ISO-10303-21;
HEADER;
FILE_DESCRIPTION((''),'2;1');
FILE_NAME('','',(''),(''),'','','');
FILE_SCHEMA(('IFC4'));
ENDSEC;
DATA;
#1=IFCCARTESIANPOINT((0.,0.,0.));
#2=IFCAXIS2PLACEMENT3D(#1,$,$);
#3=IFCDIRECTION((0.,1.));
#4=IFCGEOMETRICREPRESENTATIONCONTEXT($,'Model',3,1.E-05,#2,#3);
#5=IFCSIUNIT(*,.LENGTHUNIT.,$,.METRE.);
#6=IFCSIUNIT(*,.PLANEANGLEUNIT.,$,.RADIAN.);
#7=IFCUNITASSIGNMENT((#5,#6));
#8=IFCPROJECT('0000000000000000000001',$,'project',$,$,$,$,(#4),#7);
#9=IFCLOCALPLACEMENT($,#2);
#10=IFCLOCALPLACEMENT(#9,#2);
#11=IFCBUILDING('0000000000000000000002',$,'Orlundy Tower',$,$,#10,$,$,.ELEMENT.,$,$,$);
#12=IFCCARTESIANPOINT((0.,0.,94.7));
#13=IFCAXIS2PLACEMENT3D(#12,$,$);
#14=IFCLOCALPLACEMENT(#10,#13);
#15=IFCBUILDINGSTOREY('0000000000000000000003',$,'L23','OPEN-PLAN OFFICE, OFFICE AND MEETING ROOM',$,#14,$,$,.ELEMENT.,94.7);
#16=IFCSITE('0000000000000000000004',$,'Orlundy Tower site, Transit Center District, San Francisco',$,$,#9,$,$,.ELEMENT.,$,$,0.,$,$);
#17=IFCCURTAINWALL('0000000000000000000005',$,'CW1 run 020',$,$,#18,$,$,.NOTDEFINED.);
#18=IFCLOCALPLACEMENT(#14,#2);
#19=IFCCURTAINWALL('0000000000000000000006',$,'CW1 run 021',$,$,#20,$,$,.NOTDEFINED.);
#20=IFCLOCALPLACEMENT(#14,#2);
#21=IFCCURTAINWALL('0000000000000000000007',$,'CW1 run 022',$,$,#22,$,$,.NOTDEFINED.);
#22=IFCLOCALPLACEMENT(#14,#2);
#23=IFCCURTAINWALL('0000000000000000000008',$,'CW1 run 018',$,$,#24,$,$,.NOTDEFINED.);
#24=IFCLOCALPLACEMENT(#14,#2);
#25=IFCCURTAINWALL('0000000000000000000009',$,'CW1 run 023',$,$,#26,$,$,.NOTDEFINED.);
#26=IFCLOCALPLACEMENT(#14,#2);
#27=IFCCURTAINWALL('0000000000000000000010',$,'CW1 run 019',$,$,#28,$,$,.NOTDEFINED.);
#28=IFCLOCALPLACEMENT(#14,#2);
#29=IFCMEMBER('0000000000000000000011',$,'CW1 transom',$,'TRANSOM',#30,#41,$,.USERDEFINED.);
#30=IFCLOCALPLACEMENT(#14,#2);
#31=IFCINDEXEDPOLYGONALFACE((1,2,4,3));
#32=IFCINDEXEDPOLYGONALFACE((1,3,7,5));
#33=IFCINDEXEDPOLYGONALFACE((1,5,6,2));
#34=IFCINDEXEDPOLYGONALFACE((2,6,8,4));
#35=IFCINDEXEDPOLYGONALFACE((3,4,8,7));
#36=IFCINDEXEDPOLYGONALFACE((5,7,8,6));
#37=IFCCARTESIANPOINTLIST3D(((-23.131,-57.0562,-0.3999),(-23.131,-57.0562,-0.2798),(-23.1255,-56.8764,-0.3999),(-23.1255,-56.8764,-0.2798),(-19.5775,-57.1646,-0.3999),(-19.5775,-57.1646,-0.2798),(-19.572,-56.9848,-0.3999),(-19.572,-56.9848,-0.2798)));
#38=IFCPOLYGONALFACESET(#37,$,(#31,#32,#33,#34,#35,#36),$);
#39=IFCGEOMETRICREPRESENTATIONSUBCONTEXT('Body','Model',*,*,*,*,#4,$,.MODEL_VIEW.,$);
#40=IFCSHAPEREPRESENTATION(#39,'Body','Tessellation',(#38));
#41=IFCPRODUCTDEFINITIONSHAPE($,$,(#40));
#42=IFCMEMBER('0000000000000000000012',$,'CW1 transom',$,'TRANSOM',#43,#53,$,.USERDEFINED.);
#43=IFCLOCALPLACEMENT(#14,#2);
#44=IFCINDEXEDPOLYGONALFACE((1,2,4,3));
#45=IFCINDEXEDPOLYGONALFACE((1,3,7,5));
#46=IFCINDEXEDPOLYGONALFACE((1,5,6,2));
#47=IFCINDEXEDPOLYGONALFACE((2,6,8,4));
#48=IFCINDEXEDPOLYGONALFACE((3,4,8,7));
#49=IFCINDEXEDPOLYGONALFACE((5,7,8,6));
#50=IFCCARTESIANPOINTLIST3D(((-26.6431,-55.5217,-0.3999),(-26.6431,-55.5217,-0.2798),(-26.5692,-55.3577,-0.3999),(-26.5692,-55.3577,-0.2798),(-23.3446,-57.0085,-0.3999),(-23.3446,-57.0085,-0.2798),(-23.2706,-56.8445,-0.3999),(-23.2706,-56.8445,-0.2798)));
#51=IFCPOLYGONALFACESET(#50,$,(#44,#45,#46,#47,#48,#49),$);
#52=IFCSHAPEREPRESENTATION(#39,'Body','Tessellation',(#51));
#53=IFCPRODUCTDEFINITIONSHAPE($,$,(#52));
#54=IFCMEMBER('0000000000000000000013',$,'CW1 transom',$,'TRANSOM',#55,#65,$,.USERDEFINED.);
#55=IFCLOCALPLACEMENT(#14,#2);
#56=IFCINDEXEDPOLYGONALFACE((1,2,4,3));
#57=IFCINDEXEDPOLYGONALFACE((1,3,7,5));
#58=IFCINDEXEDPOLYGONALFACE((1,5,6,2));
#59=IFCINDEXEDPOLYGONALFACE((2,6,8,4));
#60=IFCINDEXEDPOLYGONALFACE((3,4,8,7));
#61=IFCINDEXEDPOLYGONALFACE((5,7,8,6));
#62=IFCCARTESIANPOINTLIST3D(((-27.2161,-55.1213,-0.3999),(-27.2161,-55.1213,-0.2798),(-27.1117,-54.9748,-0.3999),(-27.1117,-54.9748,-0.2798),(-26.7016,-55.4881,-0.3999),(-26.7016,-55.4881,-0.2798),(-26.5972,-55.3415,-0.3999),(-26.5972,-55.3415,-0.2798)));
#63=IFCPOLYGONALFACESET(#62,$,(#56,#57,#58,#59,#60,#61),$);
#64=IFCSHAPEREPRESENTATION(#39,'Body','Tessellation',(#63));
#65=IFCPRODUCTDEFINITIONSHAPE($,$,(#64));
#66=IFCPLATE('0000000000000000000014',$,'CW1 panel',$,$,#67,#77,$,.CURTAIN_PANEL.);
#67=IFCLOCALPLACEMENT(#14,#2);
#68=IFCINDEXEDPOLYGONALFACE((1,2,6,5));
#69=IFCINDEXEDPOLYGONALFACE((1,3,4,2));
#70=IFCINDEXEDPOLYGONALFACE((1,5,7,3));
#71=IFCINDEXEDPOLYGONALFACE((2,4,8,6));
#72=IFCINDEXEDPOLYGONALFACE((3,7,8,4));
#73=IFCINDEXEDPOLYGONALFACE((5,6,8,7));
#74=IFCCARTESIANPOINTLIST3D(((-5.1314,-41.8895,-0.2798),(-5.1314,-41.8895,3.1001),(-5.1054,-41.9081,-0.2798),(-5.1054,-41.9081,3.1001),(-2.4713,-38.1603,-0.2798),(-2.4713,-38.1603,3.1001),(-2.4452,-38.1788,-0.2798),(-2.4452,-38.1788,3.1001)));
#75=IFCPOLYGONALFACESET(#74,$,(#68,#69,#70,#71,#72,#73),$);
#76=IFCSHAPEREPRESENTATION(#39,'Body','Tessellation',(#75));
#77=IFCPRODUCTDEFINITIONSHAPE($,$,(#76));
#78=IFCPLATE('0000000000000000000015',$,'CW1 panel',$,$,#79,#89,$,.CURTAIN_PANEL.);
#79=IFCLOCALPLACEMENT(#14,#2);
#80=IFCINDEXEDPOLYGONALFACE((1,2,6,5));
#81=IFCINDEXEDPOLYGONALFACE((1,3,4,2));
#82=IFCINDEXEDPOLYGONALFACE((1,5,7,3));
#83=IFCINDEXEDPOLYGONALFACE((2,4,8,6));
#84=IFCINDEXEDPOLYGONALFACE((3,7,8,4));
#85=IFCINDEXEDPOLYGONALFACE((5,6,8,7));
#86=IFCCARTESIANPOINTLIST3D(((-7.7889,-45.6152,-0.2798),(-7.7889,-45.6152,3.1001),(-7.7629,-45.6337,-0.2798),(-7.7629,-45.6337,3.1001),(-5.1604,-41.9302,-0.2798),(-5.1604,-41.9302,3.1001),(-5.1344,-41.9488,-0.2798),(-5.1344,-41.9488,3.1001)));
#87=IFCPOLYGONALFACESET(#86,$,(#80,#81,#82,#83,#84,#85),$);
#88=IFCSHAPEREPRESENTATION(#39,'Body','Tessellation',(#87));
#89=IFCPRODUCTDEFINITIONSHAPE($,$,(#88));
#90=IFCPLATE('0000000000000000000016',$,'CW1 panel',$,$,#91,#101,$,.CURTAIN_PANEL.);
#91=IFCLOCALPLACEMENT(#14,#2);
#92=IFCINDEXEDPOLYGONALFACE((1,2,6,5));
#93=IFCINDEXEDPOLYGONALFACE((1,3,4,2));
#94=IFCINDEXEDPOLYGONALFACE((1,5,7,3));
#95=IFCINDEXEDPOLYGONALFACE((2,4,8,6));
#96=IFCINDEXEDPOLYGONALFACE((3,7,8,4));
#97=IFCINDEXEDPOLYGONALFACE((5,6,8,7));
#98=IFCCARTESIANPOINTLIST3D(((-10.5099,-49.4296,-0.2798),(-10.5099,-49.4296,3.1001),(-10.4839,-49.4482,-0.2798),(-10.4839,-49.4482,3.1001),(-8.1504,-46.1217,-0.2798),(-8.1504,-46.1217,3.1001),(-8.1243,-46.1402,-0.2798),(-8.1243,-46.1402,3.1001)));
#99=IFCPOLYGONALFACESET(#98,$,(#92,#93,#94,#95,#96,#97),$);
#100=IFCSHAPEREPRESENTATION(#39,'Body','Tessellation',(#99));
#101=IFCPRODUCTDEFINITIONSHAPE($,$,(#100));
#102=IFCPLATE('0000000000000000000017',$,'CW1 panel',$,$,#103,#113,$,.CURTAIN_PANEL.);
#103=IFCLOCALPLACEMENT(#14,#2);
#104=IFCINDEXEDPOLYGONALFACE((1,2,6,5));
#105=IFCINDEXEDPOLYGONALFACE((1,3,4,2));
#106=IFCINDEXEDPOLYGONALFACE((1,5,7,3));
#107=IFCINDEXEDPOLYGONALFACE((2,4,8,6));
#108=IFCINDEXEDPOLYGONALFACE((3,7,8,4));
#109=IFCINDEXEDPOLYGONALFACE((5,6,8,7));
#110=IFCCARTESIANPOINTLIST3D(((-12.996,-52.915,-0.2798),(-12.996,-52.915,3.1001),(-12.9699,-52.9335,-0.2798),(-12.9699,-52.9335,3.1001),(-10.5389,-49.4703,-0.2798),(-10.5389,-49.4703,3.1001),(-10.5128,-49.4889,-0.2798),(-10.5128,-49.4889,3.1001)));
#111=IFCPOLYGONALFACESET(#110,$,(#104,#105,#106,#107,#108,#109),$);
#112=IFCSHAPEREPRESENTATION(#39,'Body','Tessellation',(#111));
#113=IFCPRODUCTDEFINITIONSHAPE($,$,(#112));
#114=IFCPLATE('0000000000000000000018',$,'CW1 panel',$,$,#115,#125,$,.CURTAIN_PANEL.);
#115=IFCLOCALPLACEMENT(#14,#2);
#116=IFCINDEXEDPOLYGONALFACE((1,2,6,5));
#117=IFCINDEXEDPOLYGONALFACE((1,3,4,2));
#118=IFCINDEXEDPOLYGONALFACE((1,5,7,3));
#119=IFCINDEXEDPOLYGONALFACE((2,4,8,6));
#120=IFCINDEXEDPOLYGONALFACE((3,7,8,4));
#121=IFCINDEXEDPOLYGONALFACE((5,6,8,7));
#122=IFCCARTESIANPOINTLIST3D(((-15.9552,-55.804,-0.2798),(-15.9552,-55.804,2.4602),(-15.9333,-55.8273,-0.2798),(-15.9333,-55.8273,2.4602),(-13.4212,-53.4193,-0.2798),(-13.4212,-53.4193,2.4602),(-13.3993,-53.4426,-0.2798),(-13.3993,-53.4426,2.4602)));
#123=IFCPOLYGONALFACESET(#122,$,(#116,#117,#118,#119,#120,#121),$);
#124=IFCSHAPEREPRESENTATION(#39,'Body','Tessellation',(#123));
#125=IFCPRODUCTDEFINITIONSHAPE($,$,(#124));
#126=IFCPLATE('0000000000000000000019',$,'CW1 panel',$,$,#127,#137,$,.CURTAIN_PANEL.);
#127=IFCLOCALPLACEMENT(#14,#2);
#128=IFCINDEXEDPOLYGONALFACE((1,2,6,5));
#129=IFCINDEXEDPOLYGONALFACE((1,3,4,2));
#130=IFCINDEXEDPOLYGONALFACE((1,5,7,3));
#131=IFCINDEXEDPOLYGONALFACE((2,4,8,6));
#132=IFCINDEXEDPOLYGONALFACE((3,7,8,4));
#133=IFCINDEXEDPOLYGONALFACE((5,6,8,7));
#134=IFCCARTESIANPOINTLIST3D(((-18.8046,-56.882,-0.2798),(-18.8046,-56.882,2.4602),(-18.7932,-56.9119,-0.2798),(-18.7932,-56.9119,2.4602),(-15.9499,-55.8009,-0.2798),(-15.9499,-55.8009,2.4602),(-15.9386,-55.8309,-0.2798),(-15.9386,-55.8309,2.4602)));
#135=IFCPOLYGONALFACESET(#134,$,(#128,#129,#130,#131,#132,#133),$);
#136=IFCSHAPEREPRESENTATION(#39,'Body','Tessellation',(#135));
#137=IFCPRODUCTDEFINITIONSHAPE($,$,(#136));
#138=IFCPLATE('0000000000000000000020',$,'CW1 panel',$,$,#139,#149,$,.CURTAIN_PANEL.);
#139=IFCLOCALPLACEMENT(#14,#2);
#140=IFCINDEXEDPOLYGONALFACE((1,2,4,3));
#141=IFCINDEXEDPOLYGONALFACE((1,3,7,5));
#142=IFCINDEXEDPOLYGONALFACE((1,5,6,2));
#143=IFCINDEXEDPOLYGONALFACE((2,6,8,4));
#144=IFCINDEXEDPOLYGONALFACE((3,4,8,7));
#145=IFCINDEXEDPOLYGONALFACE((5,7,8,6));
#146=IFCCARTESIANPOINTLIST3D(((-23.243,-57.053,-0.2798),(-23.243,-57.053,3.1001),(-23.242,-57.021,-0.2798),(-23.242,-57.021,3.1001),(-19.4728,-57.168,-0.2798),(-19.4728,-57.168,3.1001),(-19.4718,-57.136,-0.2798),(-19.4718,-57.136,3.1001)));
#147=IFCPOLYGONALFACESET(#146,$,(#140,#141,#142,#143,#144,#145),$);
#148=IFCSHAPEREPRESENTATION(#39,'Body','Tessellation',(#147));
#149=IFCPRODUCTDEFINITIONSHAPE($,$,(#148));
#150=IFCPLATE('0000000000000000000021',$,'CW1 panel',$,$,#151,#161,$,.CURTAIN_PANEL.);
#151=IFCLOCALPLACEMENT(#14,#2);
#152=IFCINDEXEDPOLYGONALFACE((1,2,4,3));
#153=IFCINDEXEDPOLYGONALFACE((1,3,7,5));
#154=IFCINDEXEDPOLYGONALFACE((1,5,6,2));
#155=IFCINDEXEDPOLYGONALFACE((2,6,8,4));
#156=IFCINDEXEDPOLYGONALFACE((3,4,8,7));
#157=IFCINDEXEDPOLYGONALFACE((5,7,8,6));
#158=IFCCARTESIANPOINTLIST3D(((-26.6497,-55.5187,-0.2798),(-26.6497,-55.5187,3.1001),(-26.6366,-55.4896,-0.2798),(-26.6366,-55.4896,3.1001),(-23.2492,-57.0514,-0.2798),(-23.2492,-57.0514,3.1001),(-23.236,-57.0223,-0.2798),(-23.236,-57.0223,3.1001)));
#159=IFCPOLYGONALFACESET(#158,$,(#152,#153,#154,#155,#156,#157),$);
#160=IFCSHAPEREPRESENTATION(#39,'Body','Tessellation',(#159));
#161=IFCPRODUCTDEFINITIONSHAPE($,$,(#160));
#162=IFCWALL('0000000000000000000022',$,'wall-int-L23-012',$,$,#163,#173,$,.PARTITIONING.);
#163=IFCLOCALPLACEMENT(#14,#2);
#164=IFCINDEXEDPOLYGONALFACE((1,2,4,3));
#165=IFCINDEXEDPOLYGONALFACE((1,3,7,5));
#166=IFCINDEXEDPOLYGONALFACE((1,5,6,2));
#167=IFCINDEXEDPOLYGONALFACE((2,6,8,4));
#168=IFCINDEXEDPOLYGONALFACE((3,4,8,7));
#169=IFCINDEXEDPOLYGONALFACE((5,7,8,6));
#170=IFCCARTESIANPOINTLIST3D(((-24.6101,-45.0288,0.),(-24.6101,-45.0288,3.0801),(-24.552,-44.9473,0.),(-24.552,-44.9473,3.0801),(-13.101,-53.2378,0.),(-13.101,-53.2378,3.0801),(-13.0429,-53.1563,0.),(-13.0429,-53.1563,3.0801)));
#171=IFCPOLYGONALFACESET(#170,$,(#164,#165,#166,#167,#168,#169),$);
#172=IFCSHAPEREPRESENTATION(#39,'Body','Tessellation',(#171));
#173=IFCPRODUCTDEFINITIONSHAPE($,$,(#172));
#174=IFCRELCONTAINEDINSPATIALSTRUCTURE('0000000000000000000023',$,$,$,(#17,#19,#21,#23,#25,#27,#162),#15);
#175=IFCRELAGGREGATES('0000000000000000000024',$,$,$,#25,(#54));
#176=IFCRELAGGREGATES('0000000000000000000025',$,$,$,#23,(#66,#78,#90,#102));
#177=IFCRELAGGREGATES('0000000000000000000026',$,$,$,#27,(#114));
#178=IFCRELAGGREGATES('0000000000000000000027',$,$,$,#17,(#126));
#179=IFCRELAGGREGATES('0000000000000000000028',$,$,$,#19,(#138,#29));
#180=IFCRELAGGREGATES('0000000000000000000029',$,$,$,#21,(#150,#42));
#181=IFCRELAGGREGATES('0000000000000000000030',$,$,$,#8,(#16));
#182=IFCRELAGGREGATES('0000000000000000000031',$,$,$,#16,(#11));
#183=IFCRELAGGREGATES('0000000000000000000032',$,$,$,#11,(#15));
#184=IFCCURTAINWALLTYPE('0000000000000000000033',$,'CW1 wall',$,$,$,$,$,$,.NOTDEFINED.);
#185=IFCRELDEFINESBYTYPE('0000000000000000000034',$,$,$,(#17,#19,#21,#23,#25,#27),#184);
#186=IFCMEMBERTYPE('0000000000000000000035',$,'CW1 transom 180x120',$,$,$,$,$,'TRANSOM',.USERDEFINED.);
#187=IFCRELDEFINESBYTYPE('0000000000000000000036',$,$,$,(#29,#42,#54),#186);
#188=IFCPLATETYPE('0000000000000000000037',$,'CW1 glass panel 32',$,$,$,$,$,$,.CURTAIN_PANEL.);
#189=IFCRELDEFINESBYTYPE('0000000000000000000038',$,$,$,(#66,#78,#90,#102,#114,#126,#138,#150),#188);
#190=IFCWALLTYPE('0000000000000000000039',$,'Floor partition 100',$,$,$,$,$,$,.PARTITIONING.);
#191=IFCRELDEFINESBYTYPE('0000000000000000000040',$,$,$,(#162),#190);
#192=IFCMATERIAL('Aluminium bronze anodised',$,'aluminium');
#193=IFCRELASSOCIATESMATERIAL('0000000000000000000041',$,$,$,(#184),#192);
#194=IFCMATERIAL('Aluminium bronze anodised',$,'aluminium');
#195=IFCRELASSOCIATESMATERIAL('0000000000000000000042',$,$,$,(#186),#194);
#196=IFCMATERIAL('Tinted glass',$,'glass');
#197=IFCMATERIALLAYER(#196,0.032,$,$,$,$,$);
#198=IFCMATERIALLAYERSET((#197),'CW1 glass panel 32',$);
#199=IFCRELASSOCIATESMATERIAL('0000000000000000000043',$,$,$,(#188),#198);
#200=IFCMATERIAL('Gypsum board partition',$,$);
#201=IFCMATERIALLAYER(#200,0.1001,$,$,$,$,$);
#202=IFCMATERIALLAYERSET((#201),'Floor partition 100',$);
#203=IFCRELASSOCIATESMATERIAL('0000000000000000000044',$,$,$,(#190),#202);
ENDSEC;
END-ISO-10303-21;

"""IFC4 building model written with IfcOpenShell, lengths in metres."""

from ifc_helpers import new_model, si_unit, direction, frame, frame_2d, origin, origin_2d, place, context, subcontext, project, spatial, rectangle, extrude, material, layer, layer_set, material_profile, profile_set, type_object, element, aggregate, save


model = new_model("IFC4")

# Units and contexts
model_context = context("Model", 3, precision=1e-05, world=origin(), true_north=direction((0.0, 1.0)))
body_context = subcontext(model_context, "Body", "Model", "MODEL_VIEW")
ifc_project = project(units=[si_unit("LENGTHUNIT", "METRE"), si_unit("PLANEANGLEUNIT", "RADIAN")], contexts=[model_context])

# Site, building, storey
site_placement = place(None, origin())
site = spatial("IfcSite", under=ifc_project, at=site_placement, Name="Orlundy Tower site, Transit Center District, San Francisco", CompositionType="ELEMENT", RefElevation=0.0)
building_placement = place(site_placement, origin())
building = spatial("IfcBuilding", under=site, at=building_placement, Name="Orlundy Tower", CompositionType="ELEMENT")
storey_placement = place(building_placement, frame((0.0, 0.0, 94.7)))
storey = spatial("IfcBuildingStorey", under=building, at=storey_placement, Name="L23", Description="OPEN-PLAN OFFICE, OFFICE AND MEETING ROOM", CompositionType="ELEMENT", Elevation=94.7)

# Curtain walls
ifc_material_1 = material(Name="Aluminium bronze anodised", Category="aluminium")
curtain_wall_type = type_object("IfcCurtainWallType", Name="CW1 wall", PredefinedType="NOTDEFINED", material=ifc_material_1)
curtain_wall_1_placement = place(storey_placement, origin())
curtain_wall_1 = element("IfcCurtainWall", 1, at=curtain_wall_1_placement, inside=storey, type_object=curtain_wall_type, Name="CW1 run 020", PredefinedType="NOTDEFINED")
curtain_wall_2_placement = place(storey_placement, origin())
curtain_wall_2 = element("IfcCurtainWall", 2, at=curtain_wall_2_placement, inside=storey, type_object=curtain_wall_type, Name="CW1 run 021", PredefinedType="NOTDEFINED")
curtain_wall_3_placement = place(storey_placement, origin())
curtain_wall_3 = element("IfcCurtainWall", 3, at=curtain_wall_3_placement, inside=storey, type_object=curtain_wall_type, Name="CW1 run 022", PredefinedType="NOTDEFINED")

# Curtain wall
curtain_wall_4_placement = place(storey_placement, origin())
curtain_wall_4 = element("IfcCurtainWall", 4, at=curtain_wall_4_placement, inside=storey, type_object=curtain_wall_type, Name="CW1 run 018", PredefinedType="NOTDEFINED")

# Curtain wall
curtain_wall_5_placement = place(storey_placement, origin())
curtain_wall_5 = element("IfcCurtainWall", 5, at=curtain_wall_5_placement, inside=storey, type_object=curtain_wall_type, Name="CW1 run 023", PredefinedType="NOTDEFINED")

# Shared definitions
ifc_material_2 = material(Name="Aluminium bronze anodised", Category="aluminium")
ifc_material_profile_1 = material_profile(ifc_material_2, rectangle(XDim=0.1799, YDim=0.1201, at=origin_2d()), Name="CW1 transom 180x120")
ifc_profile_set_1 = profile_set([ifc_material_profile_1], Name="Aluminium bronze anodised")
member_type_1 = type_object("IfcMemberType", Name="CW1 transom 180x120", ElementType="TRANSOM", PredefinedType="USERDEFINED", material=ifc_profile_set_1)

# Curtain wall
curtain_wall_6_placement = place(storey_placement, origin())
curtain_wall_6 = element("IfcCurtainWall", 6, at=curtain_wall_6_placement, inside=storey, type_object=curtain_wall_type, Name="CW1 run 019", PredefinedType="NOTDEFINED")

# Members
member_1_placement = place(storey_placement, frame((-19.5747, -57.0747, -0.3398), z_axis=(-0.999535, 0.030491, 0.0), x_axis=(-0.030491, -0.999535, 0.0)))
member_1 = element("IfcMember", 7, at=member_1_placement, type_object=member_type_1, Name="CW1 transom", ObjectType="TRANSOM", PredefinedType="USERDEFINED", context=body_context, shape_type="SweptSolid", body=[
    extrude(rectangle(XDim=0.1799, YDim=0.1201, at=origin_2d()), origin(), (0.0, 0.0, 1.0), 3.5552),
])
member_2_placement = place(storey_placement, frame((-23.3076, -56.9265, -0.3398), z_axis=(-0.911668, 0.410929, 0.0), x_axis=(-0.410929, -0.911668, 0.0)))
member_2 = element("IfcMember", 8, at=member_2_placement, type_object=member_type_1, Name="CW1 transom", ObjectType="TRANSOM", PredefinedType="USERDEFINED", context=body_context, shape_type="SweptSolid", body=[
    extrude(rectangle(XDim=0.1799, YDim=0.1201, at=origin_2d()), origin(), (0.0, 0.0, 1.0), 3.6182),
])
member_3_placement = place(storey_placement, frame((-26.6494, -55.4148, -0.3398), z_axis=(-0.814281, 0.58047, 0.0), x_axis=(-0.58047, -0.814281, 0.0)))
member_3 = element("IfcMember", 9, at=member_3_placement, type_object=member_type_1, Name="CW1 transom", ObjectType="TRANSOM", PredefinedType="USERDEFINED", context=body_context, shape_type="SweptSolid", body=[
    extrude(rectangle(XDim=0.1799, YDim=0.1201, at=origin_2d()), origin(), (0.0, 0.0, 1.0), 0.6318),
])
aggregate(curtain_wall_5, [member_3])

# Plates
ifc_material_3 = material(Name="Tinted glass", Category="glass")
ifc_layer_1 = layer(ifc_material_3, 0.032)
ifc_layer_set_1 = layer_set([ifc_layer_1], Name="CW1 glass panel 32")
plate_type = type_object("IfcPlateType", Name="CW1 glass panel 32", PredefinedType="CURTAIN_PANEL", material=ifc_layer_set_1)
plate_1_placement = place(storey_placement, frame((-3.7883, -40.0342, -0.2798), z_axis=(0.0, 0.0, 1.0), x_axis=(-0.58071, -0.81411, 0.0)))
plate_1 = element("IfcPlate", 10, at=plate_1_placement, type_object=plate_type, Name="CW1 panel", PredefinedType="CURTAIN_PANEL", context=body_context, shape_type="SweptSolid", body=[
    extrude(rectangle(XDim=4.5808, YDim=0.032, at=origin_2d()), origin(), (0.0, 0.0, 1.0), 3.3799),
])
plate_2_placement = place(storey_placement, frame((-6.4617, -43.782, -0.2798), z_axis=(0.0, 0.0, 1.0), x_axis=(-0.58071, -0.81411, 0.0)))
plate_2 = element("IfcPlate", 11, at=plate_2_placement, type_object=plate_type, Name="CW1 panel", PredefinedType="CURTAIN_PANEL", context=body_context, shape_type="SweptSolid", body=[
    extrude(rectangle(XDim=4.5264, YDim=0.032, at=origin_2d()), origin(), (0.0, 0.0, 1.0), 3.3799),
])
plate_3_placement = place(storey_placement, frame((-9.3171, -47.7849, -0.2798), z_axis=(0.0, 0.0, 1.0), x_axis=(-0.58071, -0.81411, 0.0)))
plate_3 = element("IfcPlate", 12, at=plate_3_placement, type_object=plate_type, Name="CW1 panel", PredefinedType="CURTAIN_PANEL", context=body_context, shape_type="SweptSolid", body=[
    extrude(rectangle(XDim=4.0632, YDim=0.032, at=origin_2d()), origin(), (0.0, 0.0, 1.0), 3.3799),
])
plate_4_placement = place(storey_placement, frame((-11.7544, -51.2019, -0.2798), z_axis=(0.0, 0.0, 1.0), x_axis=(-0.58071, -0.81411, 0.0)))
plate_4 = element("IfcPlate", 13, at=plate_4_placement, type_object=plate_type, Name="CW1 panel", PredefinedType="CURTAIN_PANEL", context=body_context, shape_type="SweptSolid", body=[
    extrude(rectangle(XDim=4.2312, YDim=0.032, at=origin_2d()), origin(), (0.0, 0.0, 1.0), 3.3799),
])
aggregate(curtain_wall_4, [plate_1, plate_2, plate_3, plate_4])
plate_5_placement = place(storey_placement, frame((-14.6772, -54.6233, -0.2798), z_axis=(0.0, 0.0, 1.0), x_axis=(-0.728232, -0.685331, 0.0)))
plate_5 = element("IfcPlate", 14, at=plate_5_placement, type_object=plate_type, Name="CW1 panel", PredefinedType="CURTAIN_PANEL", context=body_context, shape_type="SweptSolid", body=[
    extrude(rectangle(XDim=3.4797, YDim=0.032, at=origin_2d()), origin(), (0.0, 0.0, 1.0), 2.74),
])
aggregate(curtain_wall_6, [plate_5])
plate_6_placement = place(storey_placement, frame((-17.3716, -56.3564, -0.2798), z_axis=(0.0, 0.0, 1.0), x_axis=(-0.935182, -0.354166, 0.0)))
plate_6 = element("IfcPlate", 15, at=plate_6_placement, type_object=plate_type, Name="CW1 panel", PredefinedType="CURTAIN_PANEL", context=body_context, shape_type="SweptSolid", body=[
    extrude(rectangle(XDim=3.0525, YDim=0.032, at=origin_2d()), origin(), (0.0, 0.0, 1.0), 2.74),
])
aggregate(curtain_wall_1, [plate_6])
plate_7_placement = place(storey_placement, frame((-21.3574, -57.0945, -0.2798), z_axis=(0.0, 0.0, 1.0), x_axis=(-0.999535, 0.030485, 0.0)))
plate_7 = element("IfcPlate", 16, at=plate_7_placement, type_object=plate_type, Name="CW1 panel", PredefinedType="CURTAIN_PANEL", context=body_context, shape_type="SweptSolid", body=[
    extrude(rectangle(XDim=3.772, YDim=0.032, at=origin_2d()), origin(), (0.0, 0.0, 1.0), 3.3799),
])
aggregate(curtain_wall_2, [plate_7, member_1])
plate_8_placement = place(storey_placement, frame((-24.9429, -56.2705, -0.2798), z_axis=(0.0, 0.0, 1.0), x_axis=(-0.911674, 0.410914, 0.0)))
plate_8 = element("IfcPlate", 17, at=plate_8_placement, type_object=plate_type, Name="CW1 panel", PredefinedType="CURTAIN_PANEL", context=body_context, shape_type="SweptSolid", body=[
    extrude(rectangle(XDim=3.73, YDim=0.032, at=origin_2d()), origin(), (0.0, 0.0, 1.0), 3.3799),
])
aggregate(curtain_wall_3, [plate_8, member_2])

# Wall
ifc_material_4 = material(Name="Gypsum board partition")
ifc_layer_2 = layer(ifc_material_4, 0.1001)
ifc_layer_set_2 = layer_set([ifc_layer_2], Name="Floor partition 100")
wall_type = type_object("IfcWallType", Name="Floor partition 100", PredefinedType="PARTITIONING", material=ifc_layer_set_2)
wall_placement = place(storey_placement, frame((-24.5811, -44.988, 0.0), z_axis=(0.0, 0.0, 1.0), x_axis=(0.814127, -0.580688, 0.0)))
element("IfcWall", 18, at=wall_placement, inside=storey, type_object=wall_type, Name="wall-int-L23-012", PredefinedType="PARTITIONING", context=body_context, shape_type="SweptSolid", body=[
    extrude(rectangle(XDim=14.1367, YDim=0.1001, at=frame_2d((7.0684, 0.0))), origin(), (0.0, 0.0, 1.0), 3.0801),
])

save(model, "model.ifc")
